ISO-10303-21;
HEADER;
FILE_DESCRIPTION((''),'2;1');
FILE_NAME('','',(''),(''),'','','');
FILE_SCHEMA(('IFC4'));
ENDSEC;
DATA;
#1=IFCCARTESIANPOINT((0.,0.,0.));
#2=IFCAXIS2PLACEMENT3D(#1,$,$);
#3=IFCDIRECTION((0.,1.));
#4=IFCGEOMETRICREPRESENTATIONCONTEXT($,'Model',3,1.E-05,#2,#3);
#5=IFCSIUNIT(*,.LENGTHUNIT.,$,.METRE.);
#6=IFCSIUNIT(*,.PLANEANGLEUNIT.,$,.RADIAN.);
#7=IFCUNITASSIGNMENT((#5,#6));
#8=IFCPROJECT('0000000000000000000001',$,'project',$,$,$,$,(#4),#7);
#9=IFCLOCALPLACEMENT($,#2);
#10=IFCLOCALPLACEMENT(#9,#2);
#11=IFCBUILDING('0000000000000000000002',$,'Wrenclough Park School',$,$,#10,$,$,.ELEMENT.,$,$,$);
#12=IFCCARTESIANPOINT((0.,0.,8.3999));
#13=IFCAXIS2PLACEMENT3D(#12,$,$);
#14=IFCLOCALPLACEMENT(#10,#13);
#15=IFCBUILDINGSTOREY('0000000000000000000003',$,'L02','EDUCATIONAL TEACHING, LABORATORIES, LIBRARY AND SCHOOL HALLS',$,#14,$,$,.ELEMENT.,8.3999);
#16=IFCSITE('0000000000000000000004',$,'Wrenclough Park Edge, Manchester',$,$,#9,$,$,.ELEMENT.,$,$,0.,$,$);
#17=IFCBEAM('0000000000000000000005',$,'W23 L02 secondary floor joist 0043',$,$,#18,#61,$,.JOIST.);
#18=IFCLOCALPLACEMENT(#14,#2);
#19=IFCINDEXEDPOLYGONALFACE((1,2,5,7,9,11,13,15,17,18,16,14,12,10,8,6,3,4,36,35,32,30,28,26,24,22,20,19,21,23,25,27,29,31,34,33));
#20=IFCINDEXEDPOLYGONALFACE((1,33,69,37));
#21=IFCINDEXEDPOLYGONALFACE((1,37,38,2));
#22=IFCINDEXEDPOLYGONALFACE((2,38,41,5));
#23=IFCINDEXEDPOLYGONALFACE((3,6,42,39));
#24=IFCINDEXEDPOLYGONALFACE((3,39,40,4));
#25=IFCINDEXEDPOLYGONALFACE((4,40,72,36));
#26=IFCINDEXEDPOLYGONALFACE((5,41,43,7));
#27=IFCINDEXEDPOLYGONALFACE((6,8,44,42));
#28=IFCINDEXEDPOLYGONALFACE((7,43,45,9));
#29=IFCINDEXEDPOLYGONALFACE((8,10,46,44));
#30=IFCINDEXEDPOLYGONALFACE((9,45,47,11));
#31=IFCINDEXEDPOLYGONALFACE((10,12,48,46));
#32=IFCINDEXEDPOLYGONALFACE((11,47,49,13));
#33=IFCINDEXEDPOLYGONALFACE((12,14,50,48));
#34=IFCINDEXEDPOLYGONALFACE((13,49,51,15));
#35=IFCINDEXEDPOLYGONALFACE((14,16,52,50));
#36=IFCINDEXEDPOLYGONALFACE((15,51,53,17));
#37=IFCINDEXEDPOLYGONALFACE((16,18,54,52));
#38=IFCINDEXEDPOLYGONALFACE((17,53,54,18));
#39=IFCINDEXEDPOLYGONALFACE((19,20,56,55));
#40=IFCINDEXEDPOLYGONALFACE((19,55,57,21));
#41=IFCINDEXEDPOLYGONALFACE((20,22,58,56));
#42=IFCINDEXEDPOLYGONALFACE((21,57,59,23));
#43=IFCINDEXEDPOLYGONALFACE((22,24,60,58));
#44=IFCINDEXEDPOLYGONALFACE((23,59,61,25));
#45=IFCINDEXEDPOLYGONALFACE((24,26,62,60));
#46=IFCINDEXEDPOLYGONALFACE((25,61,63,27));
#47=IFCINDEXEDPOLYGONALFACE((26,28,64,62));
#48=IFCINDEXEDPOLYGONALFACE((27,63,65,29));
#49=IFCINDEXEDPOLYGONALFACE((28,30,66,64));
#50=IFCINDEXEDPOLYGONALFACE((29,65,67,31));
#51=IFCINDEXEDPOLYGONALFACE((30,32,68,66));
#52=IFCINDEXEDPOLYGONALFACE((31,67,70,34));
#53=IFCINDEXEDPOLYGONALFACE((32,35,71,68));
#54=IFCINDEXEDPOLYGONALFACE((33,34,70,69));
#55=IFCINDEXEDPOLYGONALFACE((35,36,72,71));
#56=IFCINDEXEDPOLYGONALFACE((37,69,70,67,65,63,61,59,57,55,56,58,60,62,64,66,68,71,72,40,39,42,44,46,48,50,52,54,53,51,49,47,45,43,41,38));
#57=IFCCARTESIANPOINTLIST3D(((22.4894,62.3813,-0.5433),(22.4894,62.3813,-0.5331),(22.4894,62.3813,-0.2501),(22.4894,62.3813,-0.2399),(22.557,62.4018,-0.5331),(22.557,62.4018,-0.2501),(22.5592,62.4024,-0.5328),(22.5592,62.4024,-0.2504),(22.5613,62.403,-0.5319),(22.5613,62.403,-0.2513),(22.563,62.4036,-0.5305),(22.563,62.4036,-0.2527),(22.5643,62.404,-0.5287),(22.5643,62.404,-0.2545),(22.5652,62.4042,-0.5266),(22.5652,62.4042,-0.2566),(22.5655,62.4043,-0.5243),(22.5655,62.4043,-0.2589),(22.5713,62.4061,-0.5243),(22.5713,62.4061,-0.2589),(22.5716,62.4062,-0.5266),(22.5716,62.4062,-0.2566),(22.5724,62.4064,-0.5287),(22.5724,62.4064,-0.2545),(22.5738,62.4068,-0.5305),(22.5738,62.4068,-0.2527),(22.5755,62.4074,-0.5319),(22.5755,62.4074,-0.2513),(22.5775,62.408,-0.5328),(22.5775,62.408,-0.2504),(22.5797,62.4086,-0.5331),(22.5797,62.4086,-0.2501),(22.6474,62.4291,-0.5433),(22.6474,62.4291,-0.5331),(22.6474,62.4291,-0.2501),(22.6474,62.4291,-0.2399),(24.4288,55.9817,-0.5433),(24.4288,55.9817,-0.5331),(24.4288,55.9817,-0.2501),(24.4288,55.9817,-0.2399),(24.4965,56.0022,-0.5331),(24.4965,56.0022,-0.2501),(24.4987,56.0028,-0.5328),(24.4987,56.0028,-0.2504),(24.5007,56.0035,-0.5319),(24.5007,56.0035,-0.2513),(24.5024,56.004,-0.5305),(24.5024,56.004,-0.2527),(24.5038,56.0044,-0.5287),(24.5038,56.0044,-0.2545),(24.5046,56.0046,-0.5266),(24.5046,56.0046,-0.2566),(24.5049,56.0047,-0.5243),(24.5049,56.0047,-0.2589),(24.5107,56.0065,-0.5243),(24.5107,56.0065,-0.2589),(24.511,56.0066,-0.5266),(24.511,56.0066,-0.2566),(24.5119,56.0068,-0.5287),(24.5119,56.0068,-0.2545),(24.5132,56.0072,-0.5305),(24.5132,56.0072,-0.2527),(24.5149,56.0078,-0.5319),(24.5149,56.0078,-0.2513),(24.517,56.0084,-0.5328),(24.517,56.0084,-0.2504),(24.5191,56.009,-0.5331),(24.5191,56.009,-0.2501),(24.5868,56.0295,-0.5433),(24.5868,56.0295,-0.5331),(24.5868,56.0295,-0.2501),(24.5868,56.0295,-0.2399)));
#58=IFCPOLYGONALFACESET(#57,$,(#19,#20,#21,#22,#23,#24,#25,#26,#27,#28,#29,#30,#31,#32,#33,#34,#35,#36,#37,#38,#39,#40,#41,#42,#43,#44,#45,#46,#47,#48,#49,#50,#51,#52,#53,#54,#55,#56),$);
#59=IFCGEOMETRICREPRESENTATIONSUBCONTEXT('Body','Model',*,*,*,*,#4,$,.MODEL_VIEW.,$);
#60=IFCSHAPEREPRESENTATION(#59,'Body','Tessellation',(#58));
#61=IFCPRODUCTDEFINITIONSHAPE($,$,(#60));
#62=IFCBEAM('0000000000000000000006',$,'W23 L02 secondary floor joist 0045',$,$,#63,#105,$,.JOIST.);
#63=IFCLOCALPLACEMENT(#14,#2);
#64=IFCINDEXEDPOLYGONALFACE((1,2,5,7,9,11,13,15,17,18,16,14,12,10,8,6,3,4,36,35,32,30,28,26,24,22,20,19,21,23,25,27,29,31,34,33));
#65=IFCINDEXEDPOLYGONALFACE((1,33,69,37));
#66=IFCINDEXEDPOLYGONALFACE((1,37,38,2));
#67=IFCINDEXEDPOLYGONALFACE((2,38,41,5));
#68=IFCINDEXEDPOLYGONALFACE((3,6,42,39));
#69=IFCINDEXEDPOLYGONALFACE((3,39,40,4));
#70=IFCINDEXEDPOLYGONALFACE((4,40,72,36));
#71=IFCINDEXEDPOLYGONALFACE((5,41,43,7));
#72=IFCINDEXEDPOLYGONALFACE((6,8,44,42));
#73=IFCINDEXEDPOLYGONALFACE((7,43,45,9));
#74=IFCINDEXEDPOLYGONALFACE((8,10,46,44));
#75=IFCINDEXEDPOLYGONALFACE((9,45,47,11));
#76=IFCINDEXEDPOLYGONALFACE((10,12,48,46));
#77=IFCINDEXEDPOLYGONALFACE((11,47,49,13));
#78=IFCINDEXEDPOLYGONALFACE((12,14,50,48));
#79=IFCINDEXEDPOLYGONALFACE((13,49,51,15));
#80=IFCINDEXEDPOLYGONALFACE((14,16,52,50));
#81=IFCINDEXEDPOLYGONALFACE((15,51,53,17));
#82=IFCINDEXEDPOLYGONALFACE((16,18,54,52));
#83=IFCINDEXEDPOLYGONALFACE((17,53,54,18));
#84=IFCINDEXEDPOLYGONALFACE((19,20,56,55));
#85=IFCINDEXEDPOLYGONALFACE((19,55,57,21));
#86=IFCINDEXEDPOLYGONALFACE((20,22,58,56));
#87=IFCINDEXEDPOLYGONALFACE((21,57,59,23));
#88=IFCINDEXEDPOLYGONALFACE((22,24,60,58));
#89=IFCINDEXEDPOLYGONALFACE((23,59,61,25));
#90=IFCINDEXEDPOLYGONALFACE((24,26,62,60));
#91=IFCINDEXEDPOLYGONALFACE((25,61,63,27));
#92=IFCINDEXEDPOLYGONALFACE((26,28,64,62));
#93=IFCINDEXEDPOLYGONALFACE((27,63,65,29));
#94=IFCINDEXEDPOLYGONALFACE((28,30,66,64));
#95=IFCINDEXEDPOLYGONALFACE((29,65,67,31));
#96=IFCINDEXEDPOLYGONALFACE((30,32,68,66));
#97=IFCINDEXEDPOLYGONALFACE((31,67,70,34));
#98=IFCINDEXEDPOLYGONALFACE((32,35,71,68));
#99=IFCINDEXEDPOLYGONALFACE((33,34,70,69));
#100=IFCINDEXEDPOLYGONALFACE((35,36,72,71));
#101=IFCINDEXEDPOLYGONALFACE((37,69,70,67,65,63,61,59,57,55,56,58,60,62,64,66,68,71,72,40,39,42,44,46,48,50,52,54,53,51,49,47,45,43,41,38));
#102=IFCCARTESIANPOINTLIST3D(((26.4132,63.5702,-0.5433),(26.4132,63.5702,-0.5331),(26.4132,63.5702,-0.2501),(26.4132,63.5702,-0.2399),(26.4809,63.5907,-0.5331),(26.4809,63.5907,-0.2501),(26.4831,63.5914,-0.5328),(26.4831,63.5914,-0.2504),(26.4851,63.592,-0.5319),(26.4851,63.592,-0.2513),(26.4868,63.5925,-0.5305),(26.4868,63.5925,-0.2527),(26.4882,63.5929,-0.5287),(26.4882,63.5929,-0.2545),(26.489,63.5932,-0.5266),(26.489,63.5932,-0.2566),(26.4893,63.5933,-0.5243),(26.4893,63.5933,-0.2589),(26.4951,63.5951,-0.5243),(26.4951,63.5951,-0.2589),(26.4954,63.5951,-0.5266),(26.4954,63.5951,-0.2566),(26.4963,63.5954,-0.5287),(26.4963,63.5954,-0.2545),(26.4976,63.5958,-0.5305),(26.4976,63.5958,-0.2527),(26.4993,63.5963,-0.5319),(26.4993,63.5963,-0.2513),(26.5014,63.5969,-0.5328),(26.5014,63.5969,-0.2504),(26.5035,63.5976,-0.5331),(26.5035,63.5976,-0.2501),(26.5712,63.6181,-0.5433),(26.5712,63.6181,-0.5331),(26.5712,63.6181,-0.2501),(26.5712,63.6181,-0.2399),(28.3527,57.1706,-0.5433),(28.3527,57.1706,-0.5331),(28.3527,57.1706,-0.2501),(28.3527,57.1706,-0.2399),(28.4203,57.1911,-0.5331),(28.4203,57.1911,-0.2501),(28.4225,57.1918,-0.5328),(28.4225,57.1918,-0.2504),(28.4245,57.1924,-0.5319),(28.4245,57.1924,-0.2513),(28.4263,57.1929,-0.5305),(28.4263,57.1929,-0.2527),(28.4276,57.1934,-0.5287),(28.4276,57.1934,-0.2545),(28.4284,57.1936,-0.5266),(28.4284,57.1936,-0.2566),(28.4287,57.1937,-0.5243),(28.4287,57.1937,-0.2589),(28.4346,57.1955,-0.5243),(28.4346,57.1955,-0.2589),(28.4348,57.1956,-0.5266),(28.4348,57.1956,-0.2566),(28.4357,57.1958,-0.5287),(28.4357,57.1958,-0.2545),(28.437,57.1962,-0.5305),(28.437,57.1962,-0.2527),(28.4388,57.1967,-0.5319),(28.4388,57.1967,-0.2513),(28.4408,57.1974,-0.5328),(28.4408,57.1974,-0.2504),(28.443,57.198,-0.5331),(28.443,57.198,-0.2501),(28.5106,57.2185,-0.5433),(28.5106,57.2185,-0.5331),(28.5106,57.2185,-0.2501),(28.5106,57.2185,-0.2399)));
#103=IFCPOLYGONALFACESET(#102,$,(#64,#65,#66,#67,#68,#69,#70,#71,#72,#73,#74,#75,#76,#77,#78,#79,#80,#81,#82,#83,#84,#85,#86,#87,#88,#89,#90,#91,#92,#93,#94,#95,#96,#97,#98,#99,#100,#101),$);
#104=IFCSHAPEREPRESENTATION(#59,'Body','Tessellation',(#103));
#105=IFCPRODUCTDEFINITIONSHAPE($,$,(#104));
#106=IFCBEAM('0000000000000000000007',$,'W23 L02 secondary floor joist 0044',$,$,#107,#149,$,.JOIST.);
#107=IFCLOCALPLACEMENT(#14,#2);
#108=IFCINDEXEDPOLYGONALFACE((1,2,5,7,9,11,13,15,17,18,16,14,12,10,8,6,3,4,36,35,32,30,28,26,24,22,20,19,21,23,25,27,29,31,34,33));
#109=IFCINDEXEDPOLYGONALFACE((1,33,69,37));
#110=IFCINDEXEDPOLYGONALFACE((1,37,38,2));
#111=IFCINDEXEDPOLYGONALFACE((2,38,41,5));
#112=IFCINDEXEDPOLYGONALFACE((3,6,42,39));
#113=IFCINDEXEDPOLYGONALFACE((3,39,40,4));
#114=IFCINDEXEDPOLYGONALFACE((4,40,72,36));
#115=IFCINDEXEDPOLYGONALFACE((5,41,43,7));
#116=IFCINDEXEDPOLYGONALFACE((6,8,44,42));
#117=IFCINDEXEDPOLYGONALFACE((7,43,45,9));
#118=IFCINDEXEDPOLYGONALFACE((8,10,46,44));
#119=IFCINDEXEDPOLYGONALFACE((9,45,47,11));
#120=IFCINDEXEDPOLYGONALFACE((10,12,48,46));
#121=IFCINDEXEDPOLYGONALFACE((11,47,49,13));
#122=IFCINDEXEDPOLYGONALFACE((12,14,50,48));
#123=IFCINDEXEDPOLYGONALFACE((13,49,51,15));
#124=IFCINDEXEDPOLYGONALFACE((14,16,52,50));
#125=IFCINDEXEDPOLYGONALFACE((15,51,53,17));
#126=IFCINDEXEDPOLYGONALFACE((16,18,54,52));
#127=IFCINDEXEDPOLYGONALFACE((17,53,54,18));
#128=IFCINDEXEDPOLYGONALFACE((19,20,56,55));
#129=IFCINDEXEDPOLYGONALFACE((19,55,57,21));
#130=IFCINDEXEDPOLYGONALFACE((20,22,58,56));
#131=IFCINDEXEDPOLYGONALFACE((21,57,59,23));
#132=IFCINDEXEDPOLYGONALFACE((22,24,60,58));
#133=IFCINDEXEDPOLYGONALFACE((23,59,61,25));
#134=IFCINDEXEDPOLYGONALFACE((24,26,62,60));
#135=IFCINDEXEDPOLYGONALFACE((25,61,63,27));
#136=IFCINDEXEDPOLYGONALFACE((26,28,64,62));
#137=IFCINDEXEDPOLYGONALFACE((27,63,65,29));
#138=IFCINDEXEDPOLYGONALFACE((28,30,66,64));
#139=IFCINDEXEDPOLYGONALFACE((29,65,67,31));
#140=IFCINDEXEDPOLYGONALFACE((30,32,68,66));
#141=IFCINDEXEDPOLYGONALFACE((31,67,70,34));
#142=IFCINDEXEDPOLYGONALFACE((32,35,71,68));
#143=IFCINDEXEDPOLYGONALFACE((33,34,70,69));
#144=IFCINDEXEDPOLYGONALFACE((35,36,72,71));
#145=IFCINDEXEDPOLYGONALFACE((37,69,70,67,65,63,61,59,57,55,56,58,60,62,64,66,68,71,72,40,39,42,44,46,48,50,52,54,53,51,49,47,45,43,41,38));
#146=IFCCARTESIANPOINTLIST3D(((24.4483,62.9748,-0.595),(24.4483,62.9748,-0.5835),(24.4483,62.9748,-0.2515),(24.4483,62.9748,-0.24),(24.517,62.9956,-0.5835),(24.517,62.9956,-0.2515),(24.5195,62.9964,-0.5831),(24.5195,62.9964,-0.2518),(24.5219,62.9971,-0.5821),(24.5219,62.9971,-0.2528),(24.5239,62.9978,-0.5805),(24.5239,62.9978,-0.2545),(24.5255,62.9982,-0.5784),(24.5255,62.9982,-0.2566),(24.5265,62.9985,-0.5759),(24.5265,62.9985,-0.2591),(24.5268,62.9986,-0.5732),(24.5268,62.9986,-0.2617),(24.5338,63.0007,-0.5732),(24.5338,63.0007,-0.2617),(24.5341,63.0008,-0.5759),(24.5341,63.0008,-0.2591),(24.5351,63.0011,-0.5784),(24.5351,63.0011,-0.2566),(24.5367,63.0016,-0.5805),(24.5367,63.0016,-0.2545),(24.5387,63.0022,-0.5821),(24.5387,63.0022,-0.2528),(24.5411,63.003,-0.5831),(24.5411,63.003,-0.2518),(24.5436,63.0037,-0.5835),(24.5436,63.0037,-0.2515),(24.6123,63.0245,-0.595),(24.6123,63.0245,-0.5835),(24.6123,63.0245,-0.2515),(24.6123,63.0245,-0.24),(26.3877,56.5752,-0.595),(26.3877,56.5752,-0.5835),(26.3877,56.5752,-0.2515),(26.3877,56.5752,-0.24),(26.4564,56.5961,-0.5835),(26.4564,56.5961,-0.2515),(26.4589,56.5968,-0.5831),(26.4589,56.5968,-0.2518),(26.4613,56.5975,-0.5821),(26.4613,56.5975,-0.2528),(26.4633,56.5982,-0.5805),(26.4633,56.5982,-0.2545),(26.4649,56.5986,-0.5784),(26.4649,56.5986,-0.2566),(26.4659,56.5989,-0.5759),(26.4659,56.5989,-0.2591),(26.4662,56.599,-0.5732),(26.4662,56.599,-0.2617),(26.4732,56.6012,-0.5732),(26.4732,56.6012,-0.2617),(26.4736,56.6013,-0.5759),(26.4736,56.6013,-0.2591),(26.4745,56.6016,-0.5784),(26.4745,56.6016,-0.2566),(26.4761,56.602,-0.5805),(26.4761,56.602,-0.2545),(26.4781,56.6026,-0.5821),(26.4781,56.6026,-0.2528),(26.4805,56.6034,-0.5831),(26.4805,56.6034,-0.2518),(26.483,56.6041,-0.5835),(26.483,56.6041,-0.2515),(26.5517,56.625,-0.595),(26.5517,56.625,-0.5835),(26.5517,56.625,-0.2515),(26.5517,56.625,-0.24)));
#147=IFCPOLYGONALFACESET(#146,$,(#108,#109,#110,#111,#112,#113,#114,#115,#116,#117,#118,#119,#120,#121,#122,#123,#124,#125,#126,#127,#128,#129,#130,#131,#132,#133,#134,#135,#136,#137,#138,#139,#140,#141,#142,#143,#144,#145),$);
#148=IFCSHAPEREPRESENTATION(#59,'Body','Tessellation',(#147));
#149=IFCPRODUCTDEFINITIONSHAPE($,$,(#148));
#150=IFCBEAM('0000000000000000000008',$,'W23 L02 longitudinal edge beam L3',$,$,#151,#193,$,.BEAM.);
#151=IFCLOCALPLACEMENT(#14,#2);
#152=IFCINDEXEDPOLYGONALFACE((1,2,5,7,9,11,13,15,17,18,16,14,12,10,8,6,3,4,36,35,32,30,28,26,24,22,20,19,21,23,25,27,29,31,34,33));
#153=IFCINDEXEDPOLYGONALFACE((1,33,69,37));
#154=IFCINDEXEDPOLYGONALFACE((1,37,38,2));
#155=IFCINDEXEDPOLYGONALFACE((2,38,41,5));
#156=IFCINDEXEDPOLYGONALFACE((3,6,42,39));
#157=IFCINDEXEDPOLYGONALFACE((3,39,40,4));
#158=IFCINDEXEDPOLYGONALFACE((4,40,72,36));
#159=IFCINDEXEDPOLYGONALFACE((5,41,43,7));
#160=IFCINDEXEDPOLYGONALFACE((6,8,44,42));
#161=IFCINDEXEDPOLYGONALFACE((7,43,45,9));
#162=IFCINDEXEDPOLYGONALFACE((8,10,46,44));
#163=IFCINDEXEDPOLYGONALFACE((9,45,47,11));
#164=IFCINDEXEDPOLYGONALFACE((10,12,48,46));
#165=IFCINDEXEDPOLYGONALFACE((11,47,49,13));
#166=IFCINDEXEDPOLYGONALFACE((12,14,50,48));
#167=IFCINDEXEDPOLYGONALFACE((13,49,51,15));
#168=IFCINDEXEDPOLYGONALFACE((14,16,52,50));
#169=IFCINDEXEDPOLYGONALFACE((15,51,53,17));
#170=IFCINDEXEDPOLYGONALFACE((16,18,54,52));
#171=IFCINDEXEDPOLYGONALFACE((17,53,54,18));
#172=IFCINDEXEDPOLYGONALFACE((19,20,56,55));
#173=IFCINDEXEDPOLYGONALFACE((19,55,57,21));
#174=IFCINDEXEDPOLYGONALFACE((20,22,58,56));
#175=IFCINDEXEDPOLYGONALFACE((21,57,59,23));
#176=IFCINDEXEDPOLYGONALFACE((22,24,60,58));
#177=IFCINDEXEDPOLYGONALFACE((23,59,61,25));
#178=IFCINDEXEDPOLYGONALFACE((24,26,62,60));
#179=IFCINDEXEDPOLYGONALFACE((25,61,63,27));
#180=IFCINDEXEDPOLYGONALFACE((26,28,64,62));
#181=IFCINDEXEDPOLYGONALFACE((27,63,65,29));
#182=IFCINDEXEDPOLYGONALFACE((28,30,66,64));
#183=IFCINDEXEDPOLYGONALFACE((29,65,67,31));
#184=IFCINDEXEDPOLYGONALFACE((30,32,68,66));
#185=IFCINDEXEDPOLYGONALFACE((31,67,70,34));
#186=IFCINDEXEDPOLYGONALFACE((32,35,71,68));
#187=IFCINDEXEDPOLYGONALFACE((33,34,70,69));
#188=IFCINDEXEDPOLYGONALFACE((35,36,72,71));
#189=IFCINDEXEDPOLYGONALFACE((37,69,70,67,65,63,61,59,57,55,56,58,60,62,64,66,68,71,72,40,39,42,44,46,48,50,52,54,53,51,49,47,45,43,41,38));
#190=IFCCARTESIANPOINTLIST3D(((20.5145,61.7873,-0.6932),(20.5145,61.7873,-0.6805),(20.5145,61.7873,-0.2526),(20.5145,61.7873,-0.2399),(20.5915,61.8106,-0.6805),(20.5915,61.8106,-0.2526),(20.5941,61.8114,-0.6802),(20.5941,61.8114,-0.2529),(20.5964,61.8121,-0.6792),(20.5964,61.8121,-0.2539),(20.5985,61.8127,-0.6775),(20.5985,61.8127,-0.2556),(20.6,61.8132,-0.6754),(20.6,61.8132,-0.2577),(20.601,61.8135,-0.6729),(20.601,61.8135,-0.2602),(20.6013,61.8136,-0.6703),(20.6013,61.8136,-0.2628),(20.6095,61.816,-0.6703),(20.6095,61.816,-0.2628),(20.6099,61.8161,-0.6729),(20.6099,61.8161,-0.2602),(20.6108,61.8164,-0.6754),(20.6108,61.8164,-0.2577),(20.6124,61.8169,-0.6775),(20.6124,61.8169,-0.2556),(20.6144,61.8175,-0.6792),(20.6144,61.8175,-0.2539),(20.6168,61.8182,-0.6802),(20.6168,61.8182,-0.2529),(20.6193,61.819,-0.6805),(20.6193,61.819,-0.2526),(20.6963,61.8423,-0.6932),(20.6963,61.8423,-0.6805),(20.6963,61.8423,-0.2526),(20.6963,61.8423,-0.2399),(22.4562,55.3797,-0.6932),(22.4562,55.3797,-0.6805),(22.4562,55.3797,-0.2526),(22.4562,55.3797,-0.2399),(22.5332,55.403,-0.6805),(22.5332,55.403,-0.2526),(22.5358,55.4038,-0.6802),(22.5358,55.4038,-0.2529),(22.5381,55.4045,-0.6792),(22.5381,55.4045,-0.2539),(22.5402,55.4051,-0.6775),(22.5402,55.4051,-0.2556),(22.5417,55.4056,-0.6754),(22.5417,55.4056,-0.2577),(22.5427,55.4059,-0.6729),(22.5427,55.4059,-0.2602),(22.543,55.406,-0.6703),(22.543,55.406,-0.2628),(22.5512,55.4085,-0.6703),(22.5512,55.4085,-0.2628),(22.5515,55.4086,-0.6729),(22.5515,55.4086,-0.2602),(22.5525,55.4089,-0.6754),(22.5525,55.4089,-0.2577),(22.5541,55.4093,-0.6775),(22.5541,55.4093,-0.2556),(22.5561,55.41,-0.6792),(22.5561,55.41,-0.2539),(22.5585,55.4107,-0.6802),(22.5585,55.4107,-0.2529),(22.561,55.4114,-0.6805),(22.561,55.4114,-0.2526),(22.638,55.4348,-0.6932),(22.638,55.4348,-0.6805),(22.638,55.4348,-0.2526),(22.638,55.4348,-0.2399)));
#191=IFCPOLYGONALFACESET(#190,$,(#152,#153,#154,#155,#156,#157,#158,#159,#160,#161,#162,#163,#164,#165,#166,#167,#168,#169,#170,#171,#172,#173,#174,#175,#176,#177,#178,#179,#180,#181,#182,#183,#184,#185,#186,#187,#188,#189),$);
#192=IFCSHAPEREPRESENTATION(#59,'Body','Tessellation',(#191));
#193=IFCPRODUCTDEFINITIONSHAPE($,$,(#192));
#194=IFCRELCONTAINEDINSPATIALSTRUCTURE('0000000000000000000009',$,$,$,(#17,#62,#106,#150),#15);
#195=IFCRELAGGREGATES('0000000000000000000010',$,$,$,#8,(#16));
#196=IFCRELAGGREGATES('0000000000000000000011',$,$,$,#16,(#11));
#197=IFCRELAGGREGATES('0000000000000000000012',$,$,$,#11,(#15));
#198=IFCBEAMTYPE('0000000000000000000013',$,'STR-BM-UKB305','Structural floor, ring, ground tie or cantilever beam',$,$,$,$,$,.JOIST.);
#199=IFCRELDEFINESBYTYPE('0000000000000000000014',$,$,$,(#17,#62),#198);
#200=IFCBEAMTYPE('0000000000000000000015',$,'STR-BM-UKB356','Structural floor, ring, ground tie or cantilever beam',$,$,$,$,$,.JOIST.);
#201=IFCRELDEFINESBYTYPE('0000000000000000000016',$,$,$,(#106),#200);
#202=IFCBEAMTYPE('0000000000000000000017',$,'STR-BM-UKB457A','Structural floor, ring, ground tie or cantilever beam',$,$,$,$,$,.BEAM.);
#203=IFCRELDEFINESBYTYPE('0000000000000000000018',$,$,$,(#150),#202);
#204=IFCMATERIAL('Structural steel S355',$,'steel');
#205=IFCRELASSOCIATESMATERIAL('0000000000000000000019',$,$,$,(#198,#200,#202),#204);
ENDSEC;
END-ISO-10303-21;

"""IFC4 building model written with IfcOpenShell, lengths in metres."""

from ifc_helpers import new_model, si_unit, direction, frame, origin, origin_2d, place, context, subcontext, project, spatial, i_section, extrude, material, material_profile, profile_set, type_object, element, save


model = new_model("IFC4")

# Units and contexts
model_context = context("Model", 3, precision=1e-05, world=origin(), true_north=direction((0.0, 1.0)))
body_context = subcontext(model_context, "Body", "Model", "MODEL_VIEW")
ifc_project = project(units=[si_unit("LENGTHUNIT", "METRE"), si_unit("PLANEANGLEUNIT", "RADIAN")], contexts=[model_context])

# Site, building, storey
site_placement = place(None, origin())
site = spatial("IfcSite", under=ifc_project, at=site_placement, Name="Wrenclough Park Edge, Manchester", CompositionType="ELEMENT", RefElevation=0.0)
building_placement = place(site_placement, origin())
building = spatial("IfcBuilding", under=site, at=building_placement, Name="Wrenclough Park School", CompositionType="ELEMENT")
storey_placement = place(building_placement, frame((0.0, 0.0, 8.3999)))
storey = spatial("IfcBuildingStorey", under=building, at=storey_placement, Name="L02", Description="EDUCATIONAL TEACHING, LABORATORIES, LIBRARY AND SCHOOL HALLS", CompositionType="ELEMENT", Elevation=8.3999)

# Shared definitions
ifc_material_1 = material(Name="Structural steel S355", Category="steel")

# Beams
ifc_material_profile_1 = material_profile(ifc_material_1, i_section(OverallWidth=0.165, OverallDepth=0.3035, WebThickness=0.0061, FlangeThickness=0.0103, FilletRadius=0.0088, at=origin_2d()), Name="UKB 305x165x40")
ifc_profile_set_1 = profile_set([ifc_material_profile_1], Name="Structural steel S355")
beam_type_1 = type_object("IfcBeamType", Name="STR-BM-UKB305", Description="Structural floor, ring, ground tie or cantilever beam", PredefinedType="JOIST", material=ifc_profile_set_1)
for number, where, z_axis, x_axis, name in (
    (1, (24.5078, 56.0056, -0.3916), (-0.29003, 0.957018, 0.0), (-0.957018, -0.29003, 0.0), "W23 L02 secondary floor joist 0043"),
    (2, (28.4316, 57.1946, -0.3916), (-0.29003, 0.957018, 0.0), (-0.957018, -0.29003, 0.0), "W23 L02 secondary floor joist 0045"),
):
    element("IfcBeam", number, at=place(storey_placement, frame(where, z_axis=z_axis, x_axis=x_axis)), inside=storey, type_object=beam_type_1, Name=name, PredefinedType="JOIST", context=body_context, shape_type="SweptSolid", body=[
        extrude(i_section(OverallWidth=0.165, OverallDepth=0.3035, WebThickness=0.0061, FlangeThickness=0.0103, FilletRadius=0.0088, at=origin_2d()), origin(), (0.0, 0.0, 1.0), 6.687),
    ])
ifc_material_profile_2 = material_profile(ifc_material_1, i_section(OverallWidth=0.1714, OverallDepth=0.355, WebThickness=0.0073, FlangeThickness=0.0115, FilletRadius=0.0103, at=origin_2d()), Name="UKB 356x171x51")
ifc_profile_set_2 = profile_set([ifc_material_profile_2], Name="Structural steel S355")
beam_type_2 = type_object("IfcBeamType", Name="STR-BM-UKB356", Description="Structural floor, ring, ground tie or cantilever beam", PredefinedType="JOIST", material=ifc_profile_set_2)
beam_1_placement = place(storey_placement, frame((26.4697, 56.6001, -0.4175), z_axis=(-0.29003, 0.957018, 0.0), x_axis=(-0.957018, -0.29003, 0.0)))
element("IfcBeam", 3, at=beam_1_placement, inside=storey, type_object=beam_type_2, Name="W23 L02 secondary floor joist 0044", PredefinedType="JOIST", context=body_context, shape_type="SweptSolid", body=[
    extrude(i_section(OverallWidth=0.1714, OverallDepth=0.355, WebThickness=0.0073, FlangeThickness=0.0115, FilletRadius=0.0103, at=origin_2d()), origin(), (0.0, 0.0, 1.0), 6.687),
])
ifc_material_profile_3 = material_profile(ifc_material_1, i_section(OverallWidth=0.1899, OverallDepth=0.4534, WebThickness=0.0085, FlangeThickness=0.0127, FilletRadius=0.0103, at=origin_2d()), Name="UKB 457x191x67")
ifc_profile_set_3 = profile_set([ifc_material_profile_3], Name="Structural steel S355")
beam_type_3 = type_object("IfcBeamType", Name="STR-BM-UKB457A", Description="Structural floor, ring, ground tie or cantilever beam", PredefinedType="BEAM", material=ifc_profile_set_3)
beam_2_placement = place(storey_placement, frame((22.5471, 55.4072, -0.4666), z_axis=(-0.290006, 0.957025, 0.0), x_axis=(-0.957025, -0.290006, 0.0)))
element("IfcBeam", 4, at=beam_2_placement, inside=storey, type_object=beam_type_3, Name="W23 L02 longitudinal edge beam L3", PredefinedType="BEAM", context=body_context, shape_type="SweptSolid", body=[
    extrude(i_section(OverallWidth=0.1899, OverallDepth=0.4534, WebThickness=0.0085, FlangeThickness=0.0127, FilletRadius=0.0103, at=origin_2d()), origin(), (0.0, 0.0, 1.0), 6.6953),
])

save(model, "model.ifc")
